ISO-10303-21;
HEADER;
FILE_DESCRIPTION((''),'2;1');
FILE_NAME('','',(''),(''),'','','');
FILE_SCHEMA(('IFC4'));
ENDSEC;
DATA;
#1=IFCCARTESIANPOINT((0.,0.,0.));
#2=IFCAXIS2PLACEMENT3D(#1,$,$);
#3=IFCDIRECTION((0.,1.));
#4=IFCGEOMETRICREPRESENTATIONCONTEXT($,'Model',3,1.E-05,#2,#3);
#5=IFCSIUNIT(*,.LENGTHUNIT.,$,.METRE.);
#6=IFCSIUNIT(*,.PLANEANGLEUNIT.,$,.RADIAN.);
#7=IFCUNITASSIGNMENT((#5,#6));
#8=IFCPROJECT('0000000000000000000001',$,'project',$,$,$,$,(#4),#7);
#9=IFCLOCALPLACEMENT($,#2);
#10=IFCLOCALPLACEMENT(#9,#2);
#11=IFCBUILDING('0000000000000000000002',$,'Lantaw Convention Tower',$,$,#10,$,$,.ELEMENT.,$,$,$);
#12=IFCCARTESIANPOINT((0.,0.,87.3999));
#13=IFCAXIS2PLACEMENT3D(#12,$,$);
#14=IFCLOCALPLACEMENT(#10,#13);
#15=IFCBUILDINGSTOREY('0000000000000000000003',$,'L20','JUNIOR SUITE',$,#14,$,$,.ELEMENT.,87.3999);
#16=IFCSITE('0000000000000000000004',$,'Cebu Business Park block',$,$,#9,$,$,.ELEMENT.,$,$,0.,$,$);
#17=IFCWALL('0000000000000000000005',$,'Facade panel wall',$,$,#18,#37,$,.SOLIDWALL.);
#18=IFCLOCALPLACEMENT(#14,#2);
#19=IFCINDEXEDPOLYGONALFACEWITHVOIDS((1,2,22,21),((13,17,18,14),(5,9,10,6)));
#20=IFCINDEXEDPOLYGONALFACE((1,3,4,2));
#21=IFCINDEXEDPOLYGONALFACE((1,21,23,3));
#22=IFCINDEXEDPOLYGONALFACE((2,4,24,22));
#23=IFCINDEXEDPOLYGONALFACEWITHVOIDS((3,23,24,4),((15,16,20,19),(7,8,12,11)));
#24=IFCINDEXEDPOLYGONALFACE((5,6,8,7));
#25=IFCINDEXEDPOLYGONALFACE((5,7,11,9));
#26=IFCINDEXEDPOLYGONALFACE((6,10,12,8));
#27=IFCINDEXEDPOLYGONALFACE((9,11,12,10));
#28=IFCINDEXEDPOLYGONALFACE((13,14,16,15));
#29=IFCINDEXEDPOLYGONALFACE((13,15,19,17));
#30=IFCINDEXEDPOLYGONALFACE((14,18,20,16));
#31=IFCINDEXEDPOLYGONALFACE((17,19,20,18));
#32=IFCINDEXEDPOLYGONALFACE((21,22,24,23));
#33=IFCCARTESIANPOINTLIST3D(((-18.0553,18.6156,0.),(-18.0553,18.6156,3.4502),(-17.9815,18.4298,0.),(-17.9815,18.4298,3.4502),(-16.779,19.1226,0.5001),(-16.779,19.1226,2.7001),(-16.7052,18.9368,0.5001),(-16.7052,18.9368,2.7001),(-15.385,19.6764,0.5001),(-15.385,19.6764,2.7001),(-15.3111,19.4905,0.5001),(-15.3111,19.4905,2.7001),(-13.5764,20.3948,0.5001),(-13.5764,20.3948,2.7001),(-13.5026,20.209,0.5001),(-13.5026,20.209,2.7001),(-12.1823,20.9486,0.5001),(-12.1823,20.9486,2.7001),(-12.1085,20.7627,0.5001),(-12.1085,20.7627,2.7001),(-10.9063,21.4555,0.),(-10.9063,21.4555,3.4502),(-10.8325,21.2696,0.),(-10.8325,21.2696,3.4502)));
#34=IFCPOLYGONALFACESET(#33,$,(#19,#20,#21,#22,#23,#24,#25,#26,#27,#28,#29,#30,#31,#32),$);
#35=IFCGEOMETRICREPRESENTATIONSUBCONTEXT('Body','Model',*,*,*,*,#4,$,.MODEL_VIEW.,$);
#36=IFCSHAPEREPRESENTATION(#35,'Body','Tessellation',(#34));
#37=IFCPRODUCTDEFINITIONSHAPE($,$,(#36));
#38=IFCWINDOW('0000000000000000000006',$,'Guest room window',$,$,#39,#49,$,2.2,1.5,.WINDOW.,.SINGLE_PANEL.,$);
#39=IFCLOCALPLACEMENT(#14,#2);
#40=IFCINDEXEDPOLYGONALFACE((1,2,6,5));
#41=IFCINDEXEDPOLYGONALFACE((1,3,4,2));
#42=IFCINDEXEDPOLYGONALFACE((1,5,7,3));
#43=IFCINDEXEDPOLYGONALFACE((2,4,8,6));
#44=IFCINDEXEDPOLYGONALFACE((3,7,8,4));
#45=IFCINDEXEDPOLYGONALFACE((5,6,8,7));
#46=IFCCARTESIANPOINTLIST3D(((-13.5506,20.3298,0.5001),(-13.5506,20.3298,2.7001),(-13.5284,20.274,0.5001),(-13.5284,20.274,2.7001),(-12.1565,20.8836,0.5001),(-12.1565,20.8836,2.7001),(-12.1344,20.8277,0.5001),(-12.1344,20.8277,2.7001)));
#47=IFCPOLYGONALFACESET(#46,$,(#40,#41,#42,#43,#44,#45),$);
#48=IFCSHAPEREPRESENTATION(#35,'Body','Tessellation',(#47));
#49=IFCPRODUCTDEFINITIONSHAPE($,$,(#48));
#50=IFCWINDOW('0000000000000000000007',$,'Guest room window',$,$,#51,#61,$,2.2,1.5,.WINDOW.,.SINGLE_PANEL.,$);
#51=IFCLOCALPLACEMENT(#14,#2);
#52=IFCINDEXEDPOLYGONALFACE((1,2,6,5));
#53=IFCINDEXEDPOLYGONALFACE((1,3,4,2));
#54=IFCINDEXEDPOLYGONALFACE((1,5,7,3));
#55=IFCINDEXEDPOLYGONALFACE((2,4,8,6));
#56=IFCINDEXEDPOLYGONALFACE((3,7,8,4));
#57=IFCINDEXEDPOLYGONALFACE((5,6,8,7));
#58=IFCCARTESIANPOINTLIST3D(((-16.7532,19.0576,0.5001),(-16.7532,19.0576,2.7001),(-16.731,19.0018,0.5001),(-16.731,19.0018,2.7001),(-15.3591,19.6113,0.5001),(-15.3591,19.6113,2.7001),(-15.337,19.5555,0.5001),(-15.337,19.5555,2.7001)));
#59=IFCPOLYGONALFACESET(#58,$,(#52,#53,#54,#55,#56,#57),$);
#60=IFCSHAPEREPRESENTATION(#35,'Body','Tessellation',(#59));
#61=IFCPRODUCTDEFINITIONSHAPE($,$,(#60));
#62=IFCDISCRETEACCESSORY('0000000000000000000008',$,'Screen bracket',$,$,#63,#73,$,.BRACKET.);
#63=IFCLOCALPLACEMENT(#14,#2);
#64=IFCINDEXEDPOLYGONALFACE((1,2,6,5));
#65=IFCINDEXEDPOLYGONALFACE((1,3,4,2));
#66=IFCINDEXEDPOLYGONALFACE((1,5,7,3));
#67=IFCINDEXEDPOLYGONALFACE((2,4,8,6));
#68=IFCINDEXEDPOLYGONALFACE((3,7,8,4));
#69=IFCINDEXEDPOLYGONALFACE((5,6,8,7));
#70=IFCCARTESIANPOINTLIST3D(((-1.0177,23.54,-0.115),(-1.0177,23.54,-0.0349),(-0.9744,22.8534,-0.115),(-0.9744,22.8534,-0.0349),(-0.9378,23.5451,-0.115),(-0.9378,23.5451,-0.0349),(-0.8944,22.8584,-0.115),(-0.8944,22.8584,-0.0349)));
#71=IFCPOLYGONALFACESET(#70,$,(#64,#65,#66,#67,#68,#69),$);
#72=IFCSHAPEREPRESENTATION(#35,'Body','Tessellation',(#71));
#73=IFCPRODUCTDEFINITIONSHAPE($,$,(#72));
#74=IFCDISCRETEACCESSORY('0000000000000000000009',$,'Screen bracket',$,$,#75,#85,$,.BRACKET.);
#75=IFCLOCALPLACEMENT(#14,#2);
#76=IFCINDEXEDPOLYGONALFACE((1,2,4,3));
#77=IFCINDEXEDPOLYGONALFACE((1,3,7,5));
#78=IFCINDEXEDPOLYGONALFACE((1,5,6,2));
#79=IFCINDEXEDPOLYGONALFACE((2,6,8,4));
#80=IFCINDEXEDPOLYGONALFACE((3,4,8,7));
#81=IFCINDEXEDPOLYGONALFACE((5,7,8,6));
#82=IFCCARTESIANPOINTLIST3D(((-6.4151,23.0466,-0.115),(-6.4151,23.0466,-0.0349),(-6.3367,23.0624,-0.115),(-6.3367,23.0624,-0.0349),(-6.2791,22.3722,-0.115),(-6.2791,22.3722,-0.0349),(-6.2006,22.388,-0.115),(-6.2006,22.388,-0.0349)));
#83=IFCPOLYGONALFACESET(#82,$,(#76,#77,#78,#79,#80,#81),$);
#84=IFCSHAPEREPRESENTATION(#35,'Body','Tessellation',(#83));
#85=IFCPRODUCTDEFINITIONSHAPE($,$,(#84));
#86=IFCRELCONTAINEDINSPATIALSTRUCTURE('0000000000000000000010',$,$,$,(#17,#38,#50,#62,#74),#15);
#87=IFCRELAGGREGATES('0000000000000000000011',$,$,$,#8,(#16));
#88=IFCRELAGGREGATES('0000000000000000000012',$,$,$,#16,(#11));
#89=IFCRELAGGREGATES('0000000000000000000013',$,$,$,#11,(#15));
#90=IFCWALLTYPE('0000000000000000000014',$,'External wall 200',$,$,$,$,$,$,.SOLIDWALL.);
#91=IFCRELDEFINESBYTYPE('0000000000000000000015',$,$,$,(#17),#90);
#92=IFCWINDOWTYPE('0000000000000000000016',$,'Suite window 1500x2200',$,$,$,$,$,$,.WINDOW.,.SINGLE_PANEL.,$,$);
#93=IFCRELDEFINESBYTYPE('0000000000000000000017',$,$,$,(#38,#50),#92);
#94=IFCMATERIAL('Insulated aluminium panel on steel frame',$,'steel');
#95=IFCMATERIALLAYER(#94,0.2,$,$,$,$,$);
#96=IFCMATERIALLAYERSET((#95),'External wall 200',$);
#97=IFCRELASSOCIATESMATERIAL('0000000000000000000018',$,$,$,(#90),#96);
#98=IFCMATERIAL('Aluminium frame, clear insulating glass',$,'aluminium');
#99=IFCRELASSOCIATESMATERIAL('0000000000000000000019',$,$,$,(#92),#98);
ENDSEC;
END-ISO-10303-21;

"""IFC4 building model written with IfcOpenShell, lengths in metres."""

from ifc_helpers import new_model, si_unit, direction, frame, frame_2d, origin, origin_2d, place, context, subcontext, project, spatial, rectangle, extrude, material, layer, layer_set, type_object, element, fill, save


model = new_model("IFC4")

# Units and contexts
model_context = context("Model", 3, precision=1e-05, world=origin(), true_north=direction((0.0, 1.0)))
body_context = subcontext(model_context, "Body", "Model", "MODEL_VIEW")
ifc_project = project(units=[si_unit("LENGTHUNIT", "METRE"), si_unit("PLANEANGLEUNIT", "RADIAN")], contexts=[model_context])

# Site, building, storey
site_placement = place(None, origin())
site = spatial("IfcSite", under=ifc_project, at=site_placement, Name="Cebu Business Park block", CompositionType="ELEMENT", RefElevation=0.0)
building_placement = place(site_placement, origin())
building = spatial("IfcBuilding", under=site, at=building_placement, Name="Lantaw Convention Tower", CompositionType="ELEMENT")
storey_placement = place(building_placement, frame((0.0, 0.0, 87.3999)))
storey = spatial("IfcBuildingStorey", under=building, at=storey_placement, Name="L20", Description="JUNIOR SUITE", CompositionType="ELEMENT", Elevation=87.3999)

# Wall, openings, windows
ifc_material_1 = material(Name="Insulated aluminium panel on steel frame", Category="steel")
ifc_layer_1 = layer(ifc_material_1, 0.2)
ifc_layer_set_1 = layer_set([ifc_layer_1], Name="External wall 200")
wall_type_1 = type_object("IfcWallType", Name="External wall 200", PredefinedType="SOLIDWALL", material=ifc_layer_set_1)
ifc_material_2 = material(Name="Aluminium frame, clear insulating glass", Category="aluminium")
window_type = type_object("IfcWindowType", Name="Suite window 1500x2200", PartitioningType="SINGLE_PANEL", PredefinedType="WINDOW", material=ifc_material_2)
wall_1_placement = place(storey_placement, frame((-10.8694, 21.3625, 0.0), z_axis=(0.0, 0.0, 1.0), x_axis=(-0.929358, -0.369179, 0.0)))
wall_1 = element("IfcWall", 1, at=wall_1_placement, inside=storey, type_object=wall_type_1, Name="Facade panel wall", PredefinedType="SOLIDWALL", context=body_context, shape_type="SweptSolid", body=[
    extrude(rectangle(XDim=7.6924, YDim=0.2, at=frame_2d((3.8462, 0.0))), origin(), (0.0, 0.0, 1.0), 3.4502),
])
opening_1_placement = place(wall_1_placement, frame((1.373, 0.0, 0.5)))
opening_1 = element("IfcOpeningElement", 2, at=opening_1_placement, cuts=wall_1, PredefinedType="OPENING", context=body_context, shape_type="SweptSolid", body=[
    extrude(rectangle(XDim=1.5, YDim=2.2, at=frame_2d((0.75, 1.1001))), frame((0.0, 0.1099, 0.0), z_axis=(0.0, -1.0, 0.0), x_axis=(1.0, 0.0, 0.0)), (0.0, 0.0, 1.0), 0.22),
])
opening_2_placement = place(wall_1_placement, frame((4.8191, 0.0, 0.5)))
opening_2 = element("IfcOpeningElement", 3, at=opening_2_placement, cuts=wall_1, PredefinedType="OPENING", context=body_context, shape_type="SweptSolid", body=[
    extrude(rectangle(XDim=1.5, YDim=2.2, at=frame_2d((0.75, 1.1001))), frame((0.0, 0.1099, 0.0), z_axis=(0.0, -1.0, 0.0), x_axis=(1.0, 0.0, 0.0)), (0.0, 0.0, 1.0), 0.22),
])
window_1_placement = place(opening_1_placement, origin())
window_1 = element("IfcWindow", 4, at=window_1_placement, inside=storey, type_object=window_type, Name="Guest room window", OverallHeight=2.2, OverallWidth=1.5, PartitioningType="SINGLE_PANEL", PredefinedType="WINDOW", context=body_context, shape_type="SweptSolid", body=[
    extrude(rectangle(XDim=1.5, YDim=2.2, at=frame_2d((0.75, 1.1001))), frame((0.0, 0.03, 0.0), z_axis=(0.0, -1.0, 0.0), x_axis=(1.0, 0.0, 0.0)), (0.0, 0.0, 1.0), 0.0601),
])
fill(opening_1, window_1)
window_2_placement = place(opening_2_placement, origin())
window_2 = element("IfcWindow", 5, at=window_2_placement, inside=storey, type_object=window_type, Name="Guest room window", OverallHeight=2.2, OverallWidth=1.5, PartitioningType="SINGLE_PANEL", PredefinedType="WINDOW", context=body_context, shape_type="SweptSolid", body=[
    extrude(rectangle(XDim=1.5, YDim=2.2, at=frame_2d((0.75, 1.1001))), frame((0.0, 0.03, 0.0), z_axis=(0.0, -1.0, 0.0), x_axis=(1.0, 0.0, 0.0)), (0.0, 0.0, 1.0), 0.0601),
])
fill(opening_2, window_2)

# Discrete accessories
for number, where, z_axis, x_axis, name in (
    (6, (-0.9561, 23.1992, -0.115), (0.0, 0.0, 1.0), (-0.998016, -0.062958, 0.0), "Screen bracket"),
    (7, (-6.3079, 22.7173, -0.115), (0.0, 0.0, 1.0), (-0.980245, -0.197789, 0.0), "Screen bracket"),
):
    element("IfcDiscreteAccessory", number, at=place(storey_placement, frame(where, z_axis=z_axis, x_axis=x_axis)), inside=storey, Name=name, PredefinedType="BRACKET", context=body_context, shape_type="SweptSolid", body=[
        extrude(rectangle(XDim=0.0801, YDim=0.688, at=origin_2d()), origin(), (0.0, 0.0, 1.0), 0.0801),
    ])

save(model, "model.ifc")
